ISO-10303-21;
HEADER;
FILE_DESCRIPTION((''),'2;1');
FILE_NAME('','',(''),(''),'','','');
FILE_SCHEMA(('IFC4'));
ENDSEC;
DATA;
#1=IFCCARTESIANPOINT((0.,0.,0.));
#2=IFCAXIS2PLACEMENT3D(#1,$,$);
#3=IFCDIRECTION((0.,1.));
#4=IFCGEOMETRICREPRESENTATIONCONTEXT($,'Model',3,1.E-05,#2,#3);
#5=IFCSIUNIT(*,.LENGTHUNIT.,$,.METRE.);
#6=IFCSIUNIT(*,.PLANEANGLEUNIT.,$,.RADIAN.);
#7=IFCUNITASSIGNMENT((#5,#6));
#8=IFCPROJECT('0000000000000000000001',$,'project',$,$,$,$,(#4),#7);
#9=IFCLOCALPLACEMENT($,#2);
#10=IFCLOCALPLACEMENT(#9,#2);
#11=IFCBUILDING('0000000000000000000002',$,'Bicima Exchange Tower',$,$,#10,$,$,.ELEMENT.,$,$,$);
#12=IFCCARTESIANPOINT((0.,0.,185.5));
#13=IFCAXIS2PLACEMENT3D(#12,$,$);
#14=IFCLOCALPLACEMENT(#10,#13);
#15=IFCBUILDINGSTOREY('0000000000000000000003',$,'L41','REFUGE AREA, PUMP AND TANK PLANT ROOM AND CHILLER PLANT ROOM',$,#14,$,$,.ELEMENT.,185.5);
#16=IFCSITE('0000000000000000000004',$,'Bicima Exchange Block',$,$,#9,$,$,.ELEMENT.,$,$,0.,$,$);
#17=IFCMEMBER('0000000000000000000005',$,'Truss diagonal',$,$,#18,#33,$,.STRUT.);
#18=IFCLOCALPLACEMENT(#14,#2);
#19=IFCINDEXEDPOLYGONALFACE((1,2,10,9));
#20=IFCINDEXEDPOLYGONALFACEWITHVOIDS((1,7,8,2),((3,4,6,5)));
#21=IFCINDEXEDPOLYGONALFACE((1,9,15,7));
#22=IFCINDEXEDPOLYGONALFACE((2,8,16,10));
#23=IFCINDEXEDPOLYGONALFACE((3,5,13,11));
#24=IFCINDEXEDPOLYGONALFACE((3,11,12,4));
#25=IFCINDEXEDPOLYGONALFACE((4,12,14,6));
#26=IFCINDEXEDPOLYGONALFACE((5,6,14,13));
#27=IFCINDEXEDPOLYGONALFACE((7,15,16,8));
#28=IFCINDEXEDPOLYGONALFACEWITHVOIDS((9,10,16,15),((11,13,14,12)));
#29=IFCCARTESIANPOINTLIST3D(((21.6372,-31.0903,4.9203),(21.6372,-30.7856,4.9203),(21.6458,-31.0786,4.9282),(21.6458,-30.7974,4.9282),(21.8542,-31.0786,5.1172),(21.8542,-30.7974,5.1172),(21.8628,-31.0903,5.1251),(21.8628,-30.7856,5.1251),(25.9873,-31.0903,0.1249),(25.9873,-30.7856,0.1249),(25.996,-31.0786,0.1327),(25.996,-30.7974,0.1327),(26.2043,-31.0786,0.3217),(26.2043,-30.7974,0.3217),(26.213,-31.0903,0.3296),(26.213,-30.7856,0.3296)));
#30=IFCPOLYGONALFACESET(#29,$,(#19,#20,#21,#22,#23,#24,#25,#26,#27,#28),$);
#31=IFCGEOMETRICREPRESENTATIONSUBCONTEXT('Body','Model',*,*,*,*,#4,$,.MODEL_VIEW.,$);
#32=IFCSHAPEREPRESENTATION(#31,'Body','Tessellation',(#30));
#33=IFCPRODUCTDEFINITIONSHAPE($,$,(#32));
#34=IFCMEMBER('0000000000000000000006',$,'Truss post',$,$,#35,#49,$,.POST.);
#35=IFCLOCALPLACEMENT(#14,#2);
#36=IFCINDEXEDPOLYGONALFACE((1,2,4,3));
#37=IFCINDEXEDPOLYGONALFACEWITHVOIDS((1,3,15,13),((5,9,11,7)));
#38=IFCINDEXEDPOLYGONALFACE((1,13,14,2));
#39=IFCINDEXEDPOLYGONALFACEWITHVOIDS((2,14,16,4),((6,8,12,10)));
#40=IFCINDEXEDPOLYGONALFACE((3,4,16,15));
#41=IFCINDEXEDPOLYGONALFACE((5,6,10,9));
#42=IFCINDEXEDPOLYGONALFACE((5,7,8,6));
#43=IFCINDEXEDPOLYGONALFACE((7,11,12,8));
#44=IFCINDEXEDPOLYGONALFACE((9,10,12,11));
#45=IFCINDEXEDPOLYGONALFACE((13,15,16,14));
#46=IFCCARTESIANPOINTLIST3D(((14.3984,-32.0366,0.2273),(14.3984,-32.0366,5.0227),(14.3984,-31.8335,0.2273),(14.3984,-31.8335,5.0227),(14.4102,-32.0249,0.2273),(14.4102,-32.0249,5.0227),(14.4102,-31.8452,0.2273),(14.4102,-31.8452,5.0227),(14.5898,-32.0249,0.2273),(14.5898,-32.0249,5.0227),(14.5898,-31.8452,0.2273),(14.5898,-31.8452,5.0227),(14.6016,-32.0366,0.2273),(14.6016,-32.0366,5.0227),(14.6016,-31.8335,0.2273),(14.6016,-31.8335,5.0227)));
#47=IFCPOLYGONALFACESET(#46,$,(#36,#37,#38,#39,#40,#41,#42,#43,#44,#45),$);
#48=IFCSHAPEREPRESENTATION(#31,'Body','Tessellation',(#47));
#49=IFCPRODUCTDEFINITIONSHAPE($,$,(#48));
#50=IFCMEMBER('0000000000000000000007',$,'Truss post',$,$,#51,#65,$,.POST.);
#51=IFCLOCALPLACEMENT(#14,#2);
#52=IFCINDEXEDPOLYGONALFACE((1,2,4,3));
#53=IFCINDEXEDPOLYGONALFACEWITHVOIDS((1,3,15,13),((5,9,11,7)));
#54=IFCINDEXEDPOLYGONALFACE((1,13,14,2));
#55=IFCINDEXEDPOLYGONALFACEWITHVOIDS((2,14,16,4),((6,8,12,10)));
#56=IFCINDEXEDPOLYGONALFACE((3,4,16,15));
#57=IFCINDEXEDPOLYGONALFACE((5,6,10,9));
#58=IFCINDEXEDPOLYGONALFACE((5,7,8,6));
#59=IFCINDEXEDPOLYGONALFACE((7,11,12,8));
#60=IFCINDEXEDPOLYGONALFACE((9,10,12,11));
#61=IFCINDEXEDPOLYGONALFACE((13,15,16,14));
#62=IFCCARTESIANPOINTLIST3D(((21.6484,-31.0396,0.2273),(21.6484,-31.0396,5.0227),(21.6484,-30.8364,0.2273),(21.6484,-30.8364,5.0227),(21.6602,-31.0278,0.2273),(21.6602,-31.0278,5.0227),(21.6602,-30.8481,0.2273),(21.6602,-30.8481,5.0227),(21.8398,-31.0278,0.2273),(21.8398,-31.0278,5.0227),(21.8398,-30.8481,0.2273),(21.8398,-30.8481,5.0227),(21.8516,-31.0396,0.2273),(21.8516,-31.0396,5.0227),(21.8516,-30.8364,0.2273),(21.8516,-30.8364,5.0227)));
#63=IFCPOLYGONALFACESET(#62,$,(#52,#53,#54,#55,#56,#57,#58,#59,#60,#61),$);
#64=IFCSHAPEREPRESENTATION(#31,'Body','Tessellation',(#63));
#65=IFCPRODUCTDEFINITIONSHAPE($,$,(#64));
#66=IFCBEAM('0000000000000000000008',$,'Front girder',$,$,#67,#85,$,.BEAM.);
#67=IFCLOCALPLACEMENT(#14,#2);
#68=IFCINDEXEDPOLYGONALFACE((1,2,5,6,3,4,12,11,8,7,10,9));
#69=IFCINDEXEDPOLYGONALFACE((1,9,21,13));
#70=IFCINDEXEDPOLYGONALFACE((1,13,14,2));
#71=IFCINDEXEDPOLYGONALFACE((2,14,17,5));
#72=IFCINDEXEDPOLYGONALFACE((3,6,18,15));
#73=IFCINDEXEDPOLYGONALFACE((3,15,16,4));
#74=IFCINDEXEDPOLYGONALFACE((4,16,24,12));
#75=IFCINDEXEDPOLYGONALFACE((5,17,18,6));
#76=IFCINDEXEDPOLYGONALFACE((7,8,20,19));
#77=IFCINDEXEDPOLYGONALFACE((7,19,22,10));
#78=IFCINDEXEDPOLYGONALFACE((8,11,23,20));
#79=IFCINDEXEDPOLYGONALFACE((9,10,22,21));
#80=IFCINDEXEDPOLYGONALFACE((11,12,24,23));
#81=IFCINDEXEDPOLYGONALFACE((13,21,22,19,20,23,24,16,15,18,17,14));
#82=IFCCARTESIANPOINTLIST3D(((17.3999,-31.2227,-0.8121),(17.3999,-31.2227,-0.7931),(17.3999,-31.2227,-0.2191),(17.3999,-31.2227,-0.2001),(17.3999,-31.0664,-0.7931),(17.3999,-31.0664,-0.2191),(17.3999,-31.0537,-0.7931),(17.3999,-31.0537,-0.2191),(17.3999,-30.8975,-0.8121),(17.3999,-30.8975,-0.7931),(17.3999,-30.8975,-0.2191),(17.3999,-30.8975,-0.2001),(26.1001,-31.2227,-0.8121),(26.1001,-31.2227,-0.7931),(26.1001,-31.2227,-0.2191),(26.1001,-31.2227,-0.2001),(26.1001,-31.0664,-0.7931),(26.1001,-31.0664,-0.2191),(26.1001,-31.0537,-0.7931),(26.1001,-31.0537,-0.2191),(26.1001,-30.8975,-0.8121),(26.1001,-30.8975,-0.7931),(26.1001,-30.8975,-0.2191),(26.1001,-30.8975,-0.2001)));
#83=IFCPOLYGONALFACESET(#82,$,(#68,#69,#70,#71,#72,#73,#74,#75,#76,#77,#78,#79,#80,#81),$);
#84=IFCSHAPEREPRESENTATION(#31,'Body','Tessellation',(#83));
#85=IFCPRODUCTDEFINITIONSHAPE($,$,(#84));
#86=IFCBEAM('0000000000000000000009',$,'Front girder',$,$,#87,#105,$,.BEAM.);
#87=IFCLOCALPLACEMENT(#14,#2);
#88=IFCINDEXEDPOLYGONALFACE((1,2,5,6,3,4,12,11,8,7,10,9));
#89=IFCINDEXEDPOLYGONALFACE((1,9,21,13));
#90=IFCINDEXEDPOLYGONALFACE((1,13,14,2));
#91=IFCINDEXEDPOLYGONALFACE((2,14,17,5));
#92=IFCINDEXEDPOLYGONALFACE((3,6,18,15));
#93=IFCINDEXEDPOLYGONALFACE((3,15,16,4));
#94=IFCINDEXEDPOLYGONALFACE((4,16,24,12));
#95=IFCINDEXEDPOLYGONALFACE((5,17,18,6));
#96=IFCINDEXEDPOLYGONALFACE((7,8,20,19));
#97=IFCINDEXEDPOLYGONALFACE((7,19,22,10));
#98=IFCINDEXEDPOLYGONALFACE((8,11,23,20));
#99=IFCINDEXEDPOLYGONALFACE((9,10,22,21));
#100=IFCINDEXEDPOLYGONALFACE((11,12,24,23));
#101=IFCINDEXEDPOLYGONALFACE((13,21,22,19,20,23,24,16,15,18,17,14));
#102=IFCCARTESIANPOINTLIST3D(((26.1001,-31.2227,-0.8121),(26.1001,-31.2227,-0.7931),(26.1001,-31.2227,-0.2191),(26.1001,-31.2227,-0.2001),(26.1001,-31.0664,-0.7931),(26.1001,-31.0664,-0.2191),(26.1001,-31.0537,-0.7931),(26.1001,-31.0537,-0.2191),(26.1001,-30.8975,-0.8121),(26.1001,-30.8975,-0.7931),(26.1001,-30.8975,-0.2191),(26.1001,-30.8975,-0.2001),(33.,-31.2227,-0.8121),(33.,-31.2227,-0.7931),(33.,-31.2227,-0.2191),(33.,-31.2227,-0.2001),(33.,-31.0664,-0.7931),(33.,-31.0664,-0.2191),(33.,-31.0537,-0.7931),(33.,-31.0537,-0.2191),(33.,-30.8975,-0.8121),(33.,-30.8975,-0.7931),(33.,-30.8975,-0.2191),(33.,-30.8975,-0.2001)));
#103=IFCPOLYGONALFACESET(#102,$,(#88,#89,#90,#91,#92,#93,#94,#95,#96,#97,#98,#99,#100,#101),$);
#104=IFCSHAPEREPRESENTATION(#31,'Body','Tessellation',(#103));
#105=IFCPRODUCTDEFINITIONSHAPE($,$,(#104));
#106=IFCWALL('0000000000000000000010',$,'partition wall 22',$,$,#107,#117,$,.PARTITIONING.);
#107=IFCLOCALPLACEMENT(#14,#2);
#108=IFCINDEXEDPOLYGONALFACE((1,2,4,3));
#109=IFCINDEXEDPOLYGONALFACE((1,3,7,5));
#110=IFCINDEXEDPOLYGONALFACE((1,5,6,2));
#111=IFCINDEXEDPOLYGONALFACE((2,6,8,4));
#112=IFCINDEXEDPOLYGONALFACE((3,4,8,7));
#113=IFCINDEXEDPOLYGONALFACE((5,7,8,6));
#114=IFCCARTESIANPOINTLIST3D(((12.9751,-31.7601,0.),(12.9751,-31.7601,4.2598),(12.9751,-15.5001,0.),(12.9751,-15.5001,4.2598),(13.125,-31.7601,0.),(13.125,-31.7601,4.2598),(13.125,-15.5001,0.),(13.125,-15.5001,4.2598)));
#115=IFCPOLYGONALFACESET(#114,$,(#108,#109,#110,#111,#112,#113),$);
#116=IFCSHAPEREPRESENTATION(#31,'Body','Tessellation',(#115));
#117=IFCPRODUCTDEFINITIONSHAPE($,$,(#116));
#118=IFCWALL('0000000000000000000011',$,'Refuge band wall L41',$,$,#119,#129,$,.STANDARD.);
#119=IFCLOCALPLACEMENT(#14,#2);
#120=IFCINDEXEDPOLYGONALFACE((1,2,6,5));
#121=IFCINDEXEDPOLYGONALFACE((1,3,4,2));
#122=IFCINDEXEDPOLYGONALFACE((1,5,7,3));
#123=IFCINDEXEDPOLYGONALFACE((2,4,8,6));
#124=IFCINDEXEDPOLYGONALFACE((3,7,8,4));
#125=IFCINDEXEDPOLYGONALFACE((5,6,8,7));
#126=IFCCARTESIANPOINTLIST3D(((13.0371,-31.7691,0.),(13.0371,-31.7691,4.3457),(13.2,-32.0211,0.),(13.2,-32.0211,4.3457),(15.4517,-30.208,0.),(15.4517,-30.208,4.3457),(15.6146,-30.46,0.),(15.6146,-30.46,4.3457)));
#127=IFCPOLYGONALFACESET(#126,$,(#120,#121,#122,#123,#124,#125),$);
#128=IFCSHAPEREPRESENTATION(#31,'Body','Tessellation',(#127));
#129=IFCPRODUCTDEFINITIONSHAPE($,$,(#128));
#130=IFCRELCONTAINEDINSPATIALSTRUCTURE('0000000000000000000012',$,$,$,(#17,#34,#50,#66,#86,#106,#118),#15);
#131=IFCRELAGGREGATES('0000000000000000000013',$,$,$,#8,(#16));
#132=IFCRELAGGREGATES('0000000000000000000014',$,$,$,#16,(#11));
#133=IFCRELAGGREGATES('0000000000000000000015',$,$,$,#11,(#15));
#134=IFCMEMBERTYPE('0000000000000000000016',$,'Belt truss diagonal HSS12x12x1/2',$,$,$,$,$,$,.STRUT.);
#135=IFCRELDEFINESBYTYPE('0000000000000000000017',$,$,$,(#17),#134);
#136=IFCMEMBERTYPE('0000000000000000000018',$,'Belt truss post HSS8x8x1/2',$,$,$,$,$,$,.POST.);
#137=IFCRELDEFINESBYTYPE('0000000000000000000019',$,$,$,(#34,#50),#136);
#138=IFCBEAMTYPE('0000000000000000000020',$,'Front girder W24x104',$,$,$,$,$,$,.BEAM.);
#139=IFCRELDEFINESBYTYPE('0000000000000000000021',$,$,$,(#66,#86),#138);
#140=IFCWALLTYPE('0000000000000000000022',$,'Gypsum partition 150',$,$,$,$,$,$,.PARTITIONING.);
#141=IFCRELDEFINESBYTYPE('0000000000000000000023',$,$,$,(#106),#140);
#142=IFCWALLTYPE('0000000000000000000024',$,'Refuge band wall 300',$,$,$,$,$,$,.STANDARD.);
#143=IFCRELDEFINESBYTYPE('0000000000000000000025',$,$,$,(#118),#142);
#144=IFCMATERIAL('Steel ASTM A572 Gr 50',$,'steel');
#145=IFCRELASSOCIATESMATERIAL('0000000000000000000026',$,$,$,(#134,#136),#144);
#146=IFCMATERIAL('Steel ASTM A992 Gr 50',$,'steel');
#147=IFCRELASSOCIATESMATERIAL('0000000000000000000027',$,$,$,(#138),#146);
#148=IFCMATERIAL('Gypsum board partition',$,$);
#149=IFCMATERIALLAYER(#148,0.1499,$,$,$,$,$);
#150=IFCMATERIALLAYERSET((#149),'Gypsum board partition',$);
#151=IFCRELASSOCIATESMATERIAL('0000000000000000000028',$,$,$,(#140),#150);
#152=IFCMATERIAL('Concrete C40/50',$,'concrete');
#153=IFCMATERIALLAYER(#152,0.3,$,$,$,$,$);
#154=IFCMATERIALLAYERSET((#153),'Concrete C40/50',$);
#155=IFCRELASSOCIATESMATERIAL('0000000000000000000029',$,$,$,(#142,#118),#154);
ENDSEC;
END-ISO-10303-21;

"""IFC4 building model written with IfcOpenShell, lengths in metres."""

from ifc_helpers import new_model, si_unit, direction, frame, frame_2d, origin, origin_2d, place, context, subcontext, project, spatial, rectangle, hollow_rectangle, i_section, extrude, material, layer, layer_set, layer_usage, material_profile, profile_set, type_object, element, save


model = new_model("IFC4")

# Units and contexts
model_context = context("Model", 3, precision=1e-05, world=origin(), true_north=direction((0.0, 1.0)))
body_context = subcontext(model_context, "Body", "Model", "MODEL_VIEW")
ifc_project = project(units=[si_unit("LENGTHUNIT", "METRE"), si_unit("PLANEANGLEUNIT", "RADIAN")], contexts=[model_context])

# Site, building, storey
site_placement = place(None, origin())
site = spatial("IfcSite", under=ifc_project, at=site_placement, Name="Bicima Exchange Block", CompositionType="ELEMENT", RefElevation=0.0)
building_placement = place(site_placement, origin())
building = spatial("IfcBuilding", under=site, at=building_placement, Name="Bicima Exchange Tower", CompositionType="ELEMENT")
storey_placement = place(building_placement, frame((0.0, 0.0, 185.5)))
storey = spatial("IfcBuildingStorey", under=building, at=storey_placement, Name="L41", Description="REFUGE AREA, PUMP AND TANK PLANT ROOM AND CHILLER PLANT ROOM", CompositionType="ELEMENT", Elevation=185.5)

# Shared definitions
ifc_material_1 = material(Name="Steel ASTM A992 Gr 50", Category="steel")

# Members
ifc_material_2 = material(Name="Steel ASTM A572 Gr 50", Category="steel")
ifc_material_profile_1 = material_profile(ifc_material_2, hollow_rectangle(XDim=0.3047, YDim=0.3047, WallThickness=0.0117, at=origin_2d()))
ifc_profile_set_1 = profile_set([ifc_material_profile_1], Name="Steel ASTM A572 Gr 50")
member_type_1 = type_object("IfcMemberType", Name="Belt truss diagonal HSS12x12x1/2", PredefinedType="STRUT", material=ifc_profile_set_1)
for number, where, z_axis, x_axis, name in (
    (1, (21.75, -30.938, 5.0227), (0.67188, 0.0, -0.74066), (0.0, 1.0, 0.0), "Truss diagonal"),
):
    element("IfcMember", number, at=place(storey_placement, frame(where, z_axis=z_axis, x_axis=x_axis)), inside=storey, type_object=member_type_1, Name=name, PredefinedType="STRUT", context=body_context, shape_type="SweptSolid", body=[
        extrude(hollow_rectangle(XDim=0.3047, YDim=0.3047, WallThickness=0.0117, at=origin_2d()), origin(), (0.0, 0.0, 1.0), 6.4746),
    ])
ifc_material_profile_2 = material_profile(ifc_material_2, hollow_rectangle(XDim=0.2031, YDim=0.2031, WallThickness=0.0117, at=origin_2d()))
ifc_profile_set_2 = profile_set([ifc_material_profile_2], Name="Steel ASTM A572 Gr 50")
member_type_2 = type_object("IfcMemberType", Name="Belt truss post HSS8x8x1/2", PredefinedType="POST", material=ifc_profile_set_2)
for number, where, z_axis, x_axis, name in (
    (2, (14.5, -31.9351, 0.2273), (0.0, 0.0, 1.0), (1.0, 0.0, 0.0), "Truss post"),
    (3, (21.75, -30.938, 0.2273), (0.0, 0.0, 1.0), (1.0, 0.0, 0.0), "Truss post"),
):
    element("IfcMember", number, at=place(storey_placement, frame(where, z_axis=z_axis, x_axis=x_axis)), inside=storey, type_object=member_type_2, Name=name, PredefinedType="POST", context=body_context, shape_type="SweptSolid", body=[
        extrude(hollow_rectangle(XDim=0.2031, YDim=0.2031, WallThickness=0.0117, at=origin_2d()), origin(), (0.0, 0.0, 1.0), 4.7954),
    ])

# Beams
ifc_material_profile_3 = material_profile(ifc_material_1, i_section(OverallWidth=0.3252, OverallDepth=0.6121, WebThickness=0.0127, FlangeThickness=0.019, at=origin_2d()))
ifc_profile_set_3 = profile_set([ifc_material_profile_3], Name="Steel ASTM A992 Gr 50")
beam_type = type_object("IfcBeamType", Name="Front girder W24x104", PredefinedType="BEAM", material=ifc_profile_set_3)
beam_1_placement = place(storey_placement, frame((17.3999, -31.0601, -0.5061), z_axis=(1.0, 0.0, 0.0), x_axis=(0.0, 1.0, 0.0)))
element("IfcBeam", 4, at=beam_1_placement, inside=storey, type_object=beam_type, Name="Front girder", PredefinedType="BEAM", context=body_context, shape_type="SweptSolid", body=[
    extrude(i_section(OverallWidth=0.3252, OverallDepth=0.6121, WebThickness=0.0127, FlangeThickness=0.019, at=origin_2d()), origin(), (0.0, 0.0, 1.0), 8.7002),
])
beam_2_placement = place(storey_placement, frame((26.1001, -31.0601, -0.5061), z_axis=(1.0, 0.0, 0.0), x_axis=(0.0, 1.0, 0.0)))
element("IfcBeam", 5, at=beam_2_placement, inside=storey, type_object=beam_type, Name="Front girder", PredefinedType="BEAM", context=body_context, shape_type="SweptSolid", body=[
    extrude(i_section(OverallWidth=0.3252, OverallDepth=0.6121, WebThickness=0.0127, FlangeThickness=0.019, at=origin_2d()), origin(), (0.0, 0.0, 1.0), 6.8999),
])

# Walls
ifc_material_3 = material(Name="Gypsum board partition")
ifc_layer_1 = layer(ifc_material_3, 0.1499)
ifc_layer_set_1 = layer_set([ifc_layer_1], Name="Gypsum board partition")
wall_type_1 = type_object("IfcWallType", Name="Gypsum partition 150", PredefinedType="PARTITIONING", material=ifc_layer_set_1)
wall_1_placement = place(storey_placement, frame((13.05, -31.76, 0.0), z_axis=(0.0, 0.0, 1.0), x_axis=(0.0, 1.0, 0.0)))
element("IfcWall", 6, at=wall_1_placement, inside=storey, type_object=wall_type_1, Name="partition wall 22", PredefinedType="PARTITIONING", context=body_context, shape_type="SweptSolid", body=[
    extrude(rectangle(XDim=16.26, YDim=0.1499, at=frame_2d((8.1299, 0.0))), origin(), (0.0, 0.0, 1.0), 4.2598),
])
ifc_material_4 = material(Name="Concrete C40/50", Category="concrete")
ifc_layer_2 = layer(ifc_material_4, 0.3)
ifc_layer_set_2 = layer_set([ifc_layer_2], Name="Concrete C40/50")
ifc_layer_usage = layer_usage(ifc_layer_set_2, "AXIS2", "POSITIVE", -0.15)
wall_type_2 = type_object("IfcWallType", Name="Refuge band wall 300", PredefinedType="STANDARD", material=ifc_layer_set_2)
wall_2_placement = place(storey_placement, frame((13.1187, -31.895, 0.0), z_axis=(0.0, 0.0, 1.0), x_axis=(0.83978, 0.542927, 0.0)))
element("IfcWall", 7, at=wall_2_placement, inside=storey, type_object=wall_type_2, material=ifc_layer_usage, Name="Refuge band wall L41", PredefinedType="STANDARD", context=body_context, shape_type="SweptSolid", body=[
    extrude(rectangle(XDim=2.8752, YDim=0.3, at=frame_2d((1.4375, 0.0))), origin(), (0.0, 0.0, 1.0), 4.3457),
])

save(model, "model.ifc")
